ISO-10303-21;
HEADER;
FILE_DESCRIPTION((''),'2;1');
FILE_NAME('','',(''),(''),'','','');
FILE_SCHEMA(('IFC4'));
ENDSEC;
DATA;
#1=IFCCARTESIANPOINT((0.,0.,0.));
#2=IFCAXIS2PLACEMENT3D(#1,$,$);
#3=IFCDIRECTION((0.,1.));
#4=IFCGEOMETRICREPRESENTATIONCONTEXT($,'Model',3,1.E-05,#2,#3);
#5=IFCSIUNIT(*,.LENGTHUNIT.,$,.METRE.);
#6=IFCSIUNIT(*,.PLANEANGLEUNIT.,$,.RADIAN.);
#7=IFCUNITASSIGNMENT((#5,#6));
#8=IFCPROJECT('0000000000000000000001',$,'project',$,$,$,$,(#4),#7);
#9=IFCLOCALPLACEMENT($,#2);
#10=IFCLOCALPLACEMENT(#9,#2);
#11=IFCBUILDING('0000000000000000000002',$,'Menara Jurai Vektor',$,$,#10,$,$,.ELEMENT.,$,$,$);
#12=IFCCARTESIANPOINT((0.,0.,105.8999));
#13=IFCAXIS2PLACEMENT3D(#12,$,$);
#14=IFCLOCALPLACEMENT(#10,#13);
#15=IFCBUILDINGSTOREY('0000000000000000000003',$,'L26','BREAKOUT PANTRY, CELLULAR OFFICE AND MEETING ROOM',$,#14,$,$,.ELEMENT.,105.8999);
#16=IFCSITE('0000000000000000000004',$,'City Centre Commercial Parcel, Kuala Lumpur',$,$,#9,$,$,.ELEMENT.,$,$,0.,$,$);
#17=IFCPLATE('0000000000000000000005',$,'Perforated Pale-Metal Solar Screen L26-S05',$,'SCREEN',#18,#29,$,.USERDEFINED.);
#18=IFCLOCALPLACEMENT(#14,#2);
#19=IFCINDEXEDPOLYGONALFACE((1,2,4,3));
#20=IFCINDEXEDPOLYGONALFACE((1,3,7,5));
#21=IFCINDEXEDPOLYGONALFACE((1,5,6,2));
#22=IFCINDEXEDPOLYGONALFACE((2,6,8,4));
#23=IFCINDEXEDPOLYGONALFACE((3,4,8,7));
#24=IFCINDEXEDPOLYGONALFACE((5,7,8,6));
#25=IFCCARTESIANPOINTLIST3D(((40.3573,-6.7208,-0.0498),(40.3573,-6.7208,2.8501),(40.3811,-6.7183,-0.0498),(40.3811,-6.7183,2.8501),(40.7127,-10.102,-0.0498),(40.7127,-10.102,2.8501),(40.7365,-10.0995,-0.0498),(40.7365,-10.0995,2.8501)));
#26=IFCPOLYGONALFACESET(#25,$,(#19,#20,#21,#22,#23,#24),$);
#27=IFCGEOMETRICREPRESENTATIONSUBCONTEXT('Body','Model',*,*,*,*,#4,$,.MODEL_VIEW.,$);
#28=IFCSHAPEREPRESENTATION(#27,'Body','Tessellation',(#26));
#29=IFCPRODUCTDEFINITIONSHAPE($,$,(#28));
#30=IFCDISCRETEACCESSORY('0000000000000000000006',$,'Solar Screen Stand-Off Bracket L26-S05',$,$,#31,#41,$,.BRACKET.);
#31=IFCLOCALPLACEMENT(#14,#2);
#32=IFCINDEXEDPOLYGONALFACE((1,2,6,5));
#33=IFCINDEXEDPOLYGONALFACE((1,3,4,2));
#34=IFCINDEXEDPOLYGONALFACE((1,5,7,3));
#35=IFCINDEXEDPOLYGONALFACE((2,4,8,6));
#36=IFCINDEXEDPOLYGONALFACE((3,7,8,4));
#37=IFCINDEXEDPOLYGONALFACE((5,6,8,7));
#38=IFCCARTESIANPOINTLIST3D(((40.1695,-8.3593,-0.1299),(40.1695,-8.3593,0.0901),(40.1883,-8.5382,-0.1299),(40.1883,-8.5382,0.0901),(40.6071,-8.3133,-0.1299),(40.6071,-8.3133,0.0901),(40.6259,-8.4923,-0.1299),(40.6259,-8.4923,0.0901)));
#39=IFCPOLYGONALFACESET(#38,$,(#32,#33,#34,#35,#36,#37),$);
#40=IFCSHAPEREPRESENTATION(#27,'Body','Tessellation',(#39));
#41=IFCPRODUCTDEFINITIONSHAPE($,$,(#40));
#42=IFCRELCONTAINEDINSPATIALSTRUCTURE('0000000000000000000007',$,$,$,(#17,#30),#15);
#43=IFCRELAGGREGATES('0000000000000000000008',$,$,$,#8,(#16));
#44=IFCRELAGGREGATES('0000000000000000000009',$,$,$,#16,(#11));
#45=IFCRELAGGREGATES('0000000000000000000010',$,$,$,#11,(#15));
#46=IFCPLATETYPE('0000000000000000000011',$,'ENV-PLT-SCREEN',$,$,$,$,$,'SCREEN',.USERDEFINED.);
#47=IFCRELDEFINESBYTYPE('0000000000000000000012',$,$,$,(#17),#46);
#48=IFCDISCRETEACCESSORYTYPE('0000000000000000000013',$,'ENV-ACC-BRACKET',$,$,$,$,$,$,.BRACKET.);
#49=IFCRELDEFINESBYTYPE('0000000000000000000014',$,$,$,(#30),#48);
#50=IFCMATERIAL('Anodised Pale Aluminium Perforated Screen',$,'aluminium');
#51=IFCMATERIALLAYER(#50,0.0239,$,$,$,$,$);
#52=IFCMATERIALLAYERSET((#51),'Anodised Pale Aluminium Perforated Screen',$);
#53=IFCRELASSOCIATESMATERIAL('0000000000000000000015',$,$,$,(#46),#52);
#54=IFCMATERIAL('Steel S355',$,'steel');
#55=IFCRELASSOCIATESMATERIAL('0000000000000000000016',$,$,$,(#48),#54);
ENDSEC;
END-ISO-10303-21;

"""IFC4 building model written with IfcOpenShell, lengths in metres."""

from ifc_helpers import new_model, si_unit, direction, frame, origin, origin_2d, place, context, subcontext, project, spatial, rectangle, extrude, material, layer, layer_set, type_object, element, save


model = new_model("IFC4")

# Units and contexts
model_context = context("Model", 3, precision=1e-05, world=origin(), true_north=direction((0.0, 1.0)))
body_context = subcontext(model_context, "Body", "Model", "MODEL_VIEW")
ifc_project = project(units=[si_unit("LENGTHUNIT", "METRE"), si_unit("PLANEANGLEUNIT", "RADIAN")], contexts=[model_context])

# Site, building, storey
site_placement = place(None, origin())
site = spatial("IfcSite", under=ifc_project, at=site_placement, Name="City Centre Commercial Parcel, Kuala Lumpur", CompositionType="ELEMENT", RefElevation=0.0)
building_placement = place(site_placement, origin())
building = spatial("IfcBuilding", under=site, at=building_placement, Name="Menara Jurai Vektor", CompositionType="ELEMENT")
storey_placement = place(building_placement, frame((0.0, 0.0, 105.8999)))
storey = spatial("IfcBuildingStorey", under=building, at=storey_placement, Name="L26", Description="BREAKOUT PANTRY, CELLULAR OFFICE AND MEETING ROOM", CompositionType="ELEMENT", Elevation=105.8999)

# Shared definitions
ifc_material_1 = material(Name="Steel S355", Category="steel")

# Plate
ifc_material_2 = material(Name="Anodised Pale Aluminium Perforated Screen", Category="aluminium")
ifc_layer_1 = layer(ifc_material_2, 0.0239)
ifc_layer_set_1 = layer_set([ifc_layer_1], Name="Anodised Pale Aluminium Perforated Screen")
plate_type_1 = type_object("IfcPlateType", Name="ENV-PLT-SCREEN", ElementType="SCREEN", PredefinedType="USERDEFINED", material=ifc_layer_set_1)
plate_1_placement = place(storey_placement, frame((40.5469, -8.4102, -0.0498), z_axis=(0.0, 0.0, 1.0), x_axis=(-0.104528, 0.994522, 0.0)))
element("IfcPlate", 1, at=plate_1_placement, inside=storey, type_object=plate_type_1, Name="Perforated Pale-Metal Solar Screen L26-S05", ObjectType="SCREEN", PredefinedType="USERDEFINED", context=body_context, shape_type="SweptSolid", body=[
    extrude(rectangle(XDim=3.3999, YDim=0.0239, at=origin_2d()), origin(), (0.0, 0.0, 1.0), 2.8999),
])

# Discrete accessory
discrete_accessory_type = type_object("IfcDiscreteAccessoryType", Name="ENV-ACC-BRACKET", PredefinedType="BRACKET", material=ifc_material_1)
discrete_accessory_placement = place(storey_placement, frame((40.3977, -8.4258, -0.1299), z_axis=(0.0, 0.0, 1.0), x_axis=(-0.104528, 0.994522, 0.0)))
element("IfcDiscreteAccessory", 2, at=discrete_accessory_placement, inside=storey, type_object=discrete_accessory_type, Name="Solar Screen Stand-Off Bracket L26-S05", PredefinedType="BRACKET", context=body_context, shape_type="SweptSolid", body=[
    extrude(rectangle(XDim=0.1799, YDim=0.4399, at=origin_2d()), origin(), (0.0, 0.0, 1.0), 0.22),
])

save(model, "model.ifc")
